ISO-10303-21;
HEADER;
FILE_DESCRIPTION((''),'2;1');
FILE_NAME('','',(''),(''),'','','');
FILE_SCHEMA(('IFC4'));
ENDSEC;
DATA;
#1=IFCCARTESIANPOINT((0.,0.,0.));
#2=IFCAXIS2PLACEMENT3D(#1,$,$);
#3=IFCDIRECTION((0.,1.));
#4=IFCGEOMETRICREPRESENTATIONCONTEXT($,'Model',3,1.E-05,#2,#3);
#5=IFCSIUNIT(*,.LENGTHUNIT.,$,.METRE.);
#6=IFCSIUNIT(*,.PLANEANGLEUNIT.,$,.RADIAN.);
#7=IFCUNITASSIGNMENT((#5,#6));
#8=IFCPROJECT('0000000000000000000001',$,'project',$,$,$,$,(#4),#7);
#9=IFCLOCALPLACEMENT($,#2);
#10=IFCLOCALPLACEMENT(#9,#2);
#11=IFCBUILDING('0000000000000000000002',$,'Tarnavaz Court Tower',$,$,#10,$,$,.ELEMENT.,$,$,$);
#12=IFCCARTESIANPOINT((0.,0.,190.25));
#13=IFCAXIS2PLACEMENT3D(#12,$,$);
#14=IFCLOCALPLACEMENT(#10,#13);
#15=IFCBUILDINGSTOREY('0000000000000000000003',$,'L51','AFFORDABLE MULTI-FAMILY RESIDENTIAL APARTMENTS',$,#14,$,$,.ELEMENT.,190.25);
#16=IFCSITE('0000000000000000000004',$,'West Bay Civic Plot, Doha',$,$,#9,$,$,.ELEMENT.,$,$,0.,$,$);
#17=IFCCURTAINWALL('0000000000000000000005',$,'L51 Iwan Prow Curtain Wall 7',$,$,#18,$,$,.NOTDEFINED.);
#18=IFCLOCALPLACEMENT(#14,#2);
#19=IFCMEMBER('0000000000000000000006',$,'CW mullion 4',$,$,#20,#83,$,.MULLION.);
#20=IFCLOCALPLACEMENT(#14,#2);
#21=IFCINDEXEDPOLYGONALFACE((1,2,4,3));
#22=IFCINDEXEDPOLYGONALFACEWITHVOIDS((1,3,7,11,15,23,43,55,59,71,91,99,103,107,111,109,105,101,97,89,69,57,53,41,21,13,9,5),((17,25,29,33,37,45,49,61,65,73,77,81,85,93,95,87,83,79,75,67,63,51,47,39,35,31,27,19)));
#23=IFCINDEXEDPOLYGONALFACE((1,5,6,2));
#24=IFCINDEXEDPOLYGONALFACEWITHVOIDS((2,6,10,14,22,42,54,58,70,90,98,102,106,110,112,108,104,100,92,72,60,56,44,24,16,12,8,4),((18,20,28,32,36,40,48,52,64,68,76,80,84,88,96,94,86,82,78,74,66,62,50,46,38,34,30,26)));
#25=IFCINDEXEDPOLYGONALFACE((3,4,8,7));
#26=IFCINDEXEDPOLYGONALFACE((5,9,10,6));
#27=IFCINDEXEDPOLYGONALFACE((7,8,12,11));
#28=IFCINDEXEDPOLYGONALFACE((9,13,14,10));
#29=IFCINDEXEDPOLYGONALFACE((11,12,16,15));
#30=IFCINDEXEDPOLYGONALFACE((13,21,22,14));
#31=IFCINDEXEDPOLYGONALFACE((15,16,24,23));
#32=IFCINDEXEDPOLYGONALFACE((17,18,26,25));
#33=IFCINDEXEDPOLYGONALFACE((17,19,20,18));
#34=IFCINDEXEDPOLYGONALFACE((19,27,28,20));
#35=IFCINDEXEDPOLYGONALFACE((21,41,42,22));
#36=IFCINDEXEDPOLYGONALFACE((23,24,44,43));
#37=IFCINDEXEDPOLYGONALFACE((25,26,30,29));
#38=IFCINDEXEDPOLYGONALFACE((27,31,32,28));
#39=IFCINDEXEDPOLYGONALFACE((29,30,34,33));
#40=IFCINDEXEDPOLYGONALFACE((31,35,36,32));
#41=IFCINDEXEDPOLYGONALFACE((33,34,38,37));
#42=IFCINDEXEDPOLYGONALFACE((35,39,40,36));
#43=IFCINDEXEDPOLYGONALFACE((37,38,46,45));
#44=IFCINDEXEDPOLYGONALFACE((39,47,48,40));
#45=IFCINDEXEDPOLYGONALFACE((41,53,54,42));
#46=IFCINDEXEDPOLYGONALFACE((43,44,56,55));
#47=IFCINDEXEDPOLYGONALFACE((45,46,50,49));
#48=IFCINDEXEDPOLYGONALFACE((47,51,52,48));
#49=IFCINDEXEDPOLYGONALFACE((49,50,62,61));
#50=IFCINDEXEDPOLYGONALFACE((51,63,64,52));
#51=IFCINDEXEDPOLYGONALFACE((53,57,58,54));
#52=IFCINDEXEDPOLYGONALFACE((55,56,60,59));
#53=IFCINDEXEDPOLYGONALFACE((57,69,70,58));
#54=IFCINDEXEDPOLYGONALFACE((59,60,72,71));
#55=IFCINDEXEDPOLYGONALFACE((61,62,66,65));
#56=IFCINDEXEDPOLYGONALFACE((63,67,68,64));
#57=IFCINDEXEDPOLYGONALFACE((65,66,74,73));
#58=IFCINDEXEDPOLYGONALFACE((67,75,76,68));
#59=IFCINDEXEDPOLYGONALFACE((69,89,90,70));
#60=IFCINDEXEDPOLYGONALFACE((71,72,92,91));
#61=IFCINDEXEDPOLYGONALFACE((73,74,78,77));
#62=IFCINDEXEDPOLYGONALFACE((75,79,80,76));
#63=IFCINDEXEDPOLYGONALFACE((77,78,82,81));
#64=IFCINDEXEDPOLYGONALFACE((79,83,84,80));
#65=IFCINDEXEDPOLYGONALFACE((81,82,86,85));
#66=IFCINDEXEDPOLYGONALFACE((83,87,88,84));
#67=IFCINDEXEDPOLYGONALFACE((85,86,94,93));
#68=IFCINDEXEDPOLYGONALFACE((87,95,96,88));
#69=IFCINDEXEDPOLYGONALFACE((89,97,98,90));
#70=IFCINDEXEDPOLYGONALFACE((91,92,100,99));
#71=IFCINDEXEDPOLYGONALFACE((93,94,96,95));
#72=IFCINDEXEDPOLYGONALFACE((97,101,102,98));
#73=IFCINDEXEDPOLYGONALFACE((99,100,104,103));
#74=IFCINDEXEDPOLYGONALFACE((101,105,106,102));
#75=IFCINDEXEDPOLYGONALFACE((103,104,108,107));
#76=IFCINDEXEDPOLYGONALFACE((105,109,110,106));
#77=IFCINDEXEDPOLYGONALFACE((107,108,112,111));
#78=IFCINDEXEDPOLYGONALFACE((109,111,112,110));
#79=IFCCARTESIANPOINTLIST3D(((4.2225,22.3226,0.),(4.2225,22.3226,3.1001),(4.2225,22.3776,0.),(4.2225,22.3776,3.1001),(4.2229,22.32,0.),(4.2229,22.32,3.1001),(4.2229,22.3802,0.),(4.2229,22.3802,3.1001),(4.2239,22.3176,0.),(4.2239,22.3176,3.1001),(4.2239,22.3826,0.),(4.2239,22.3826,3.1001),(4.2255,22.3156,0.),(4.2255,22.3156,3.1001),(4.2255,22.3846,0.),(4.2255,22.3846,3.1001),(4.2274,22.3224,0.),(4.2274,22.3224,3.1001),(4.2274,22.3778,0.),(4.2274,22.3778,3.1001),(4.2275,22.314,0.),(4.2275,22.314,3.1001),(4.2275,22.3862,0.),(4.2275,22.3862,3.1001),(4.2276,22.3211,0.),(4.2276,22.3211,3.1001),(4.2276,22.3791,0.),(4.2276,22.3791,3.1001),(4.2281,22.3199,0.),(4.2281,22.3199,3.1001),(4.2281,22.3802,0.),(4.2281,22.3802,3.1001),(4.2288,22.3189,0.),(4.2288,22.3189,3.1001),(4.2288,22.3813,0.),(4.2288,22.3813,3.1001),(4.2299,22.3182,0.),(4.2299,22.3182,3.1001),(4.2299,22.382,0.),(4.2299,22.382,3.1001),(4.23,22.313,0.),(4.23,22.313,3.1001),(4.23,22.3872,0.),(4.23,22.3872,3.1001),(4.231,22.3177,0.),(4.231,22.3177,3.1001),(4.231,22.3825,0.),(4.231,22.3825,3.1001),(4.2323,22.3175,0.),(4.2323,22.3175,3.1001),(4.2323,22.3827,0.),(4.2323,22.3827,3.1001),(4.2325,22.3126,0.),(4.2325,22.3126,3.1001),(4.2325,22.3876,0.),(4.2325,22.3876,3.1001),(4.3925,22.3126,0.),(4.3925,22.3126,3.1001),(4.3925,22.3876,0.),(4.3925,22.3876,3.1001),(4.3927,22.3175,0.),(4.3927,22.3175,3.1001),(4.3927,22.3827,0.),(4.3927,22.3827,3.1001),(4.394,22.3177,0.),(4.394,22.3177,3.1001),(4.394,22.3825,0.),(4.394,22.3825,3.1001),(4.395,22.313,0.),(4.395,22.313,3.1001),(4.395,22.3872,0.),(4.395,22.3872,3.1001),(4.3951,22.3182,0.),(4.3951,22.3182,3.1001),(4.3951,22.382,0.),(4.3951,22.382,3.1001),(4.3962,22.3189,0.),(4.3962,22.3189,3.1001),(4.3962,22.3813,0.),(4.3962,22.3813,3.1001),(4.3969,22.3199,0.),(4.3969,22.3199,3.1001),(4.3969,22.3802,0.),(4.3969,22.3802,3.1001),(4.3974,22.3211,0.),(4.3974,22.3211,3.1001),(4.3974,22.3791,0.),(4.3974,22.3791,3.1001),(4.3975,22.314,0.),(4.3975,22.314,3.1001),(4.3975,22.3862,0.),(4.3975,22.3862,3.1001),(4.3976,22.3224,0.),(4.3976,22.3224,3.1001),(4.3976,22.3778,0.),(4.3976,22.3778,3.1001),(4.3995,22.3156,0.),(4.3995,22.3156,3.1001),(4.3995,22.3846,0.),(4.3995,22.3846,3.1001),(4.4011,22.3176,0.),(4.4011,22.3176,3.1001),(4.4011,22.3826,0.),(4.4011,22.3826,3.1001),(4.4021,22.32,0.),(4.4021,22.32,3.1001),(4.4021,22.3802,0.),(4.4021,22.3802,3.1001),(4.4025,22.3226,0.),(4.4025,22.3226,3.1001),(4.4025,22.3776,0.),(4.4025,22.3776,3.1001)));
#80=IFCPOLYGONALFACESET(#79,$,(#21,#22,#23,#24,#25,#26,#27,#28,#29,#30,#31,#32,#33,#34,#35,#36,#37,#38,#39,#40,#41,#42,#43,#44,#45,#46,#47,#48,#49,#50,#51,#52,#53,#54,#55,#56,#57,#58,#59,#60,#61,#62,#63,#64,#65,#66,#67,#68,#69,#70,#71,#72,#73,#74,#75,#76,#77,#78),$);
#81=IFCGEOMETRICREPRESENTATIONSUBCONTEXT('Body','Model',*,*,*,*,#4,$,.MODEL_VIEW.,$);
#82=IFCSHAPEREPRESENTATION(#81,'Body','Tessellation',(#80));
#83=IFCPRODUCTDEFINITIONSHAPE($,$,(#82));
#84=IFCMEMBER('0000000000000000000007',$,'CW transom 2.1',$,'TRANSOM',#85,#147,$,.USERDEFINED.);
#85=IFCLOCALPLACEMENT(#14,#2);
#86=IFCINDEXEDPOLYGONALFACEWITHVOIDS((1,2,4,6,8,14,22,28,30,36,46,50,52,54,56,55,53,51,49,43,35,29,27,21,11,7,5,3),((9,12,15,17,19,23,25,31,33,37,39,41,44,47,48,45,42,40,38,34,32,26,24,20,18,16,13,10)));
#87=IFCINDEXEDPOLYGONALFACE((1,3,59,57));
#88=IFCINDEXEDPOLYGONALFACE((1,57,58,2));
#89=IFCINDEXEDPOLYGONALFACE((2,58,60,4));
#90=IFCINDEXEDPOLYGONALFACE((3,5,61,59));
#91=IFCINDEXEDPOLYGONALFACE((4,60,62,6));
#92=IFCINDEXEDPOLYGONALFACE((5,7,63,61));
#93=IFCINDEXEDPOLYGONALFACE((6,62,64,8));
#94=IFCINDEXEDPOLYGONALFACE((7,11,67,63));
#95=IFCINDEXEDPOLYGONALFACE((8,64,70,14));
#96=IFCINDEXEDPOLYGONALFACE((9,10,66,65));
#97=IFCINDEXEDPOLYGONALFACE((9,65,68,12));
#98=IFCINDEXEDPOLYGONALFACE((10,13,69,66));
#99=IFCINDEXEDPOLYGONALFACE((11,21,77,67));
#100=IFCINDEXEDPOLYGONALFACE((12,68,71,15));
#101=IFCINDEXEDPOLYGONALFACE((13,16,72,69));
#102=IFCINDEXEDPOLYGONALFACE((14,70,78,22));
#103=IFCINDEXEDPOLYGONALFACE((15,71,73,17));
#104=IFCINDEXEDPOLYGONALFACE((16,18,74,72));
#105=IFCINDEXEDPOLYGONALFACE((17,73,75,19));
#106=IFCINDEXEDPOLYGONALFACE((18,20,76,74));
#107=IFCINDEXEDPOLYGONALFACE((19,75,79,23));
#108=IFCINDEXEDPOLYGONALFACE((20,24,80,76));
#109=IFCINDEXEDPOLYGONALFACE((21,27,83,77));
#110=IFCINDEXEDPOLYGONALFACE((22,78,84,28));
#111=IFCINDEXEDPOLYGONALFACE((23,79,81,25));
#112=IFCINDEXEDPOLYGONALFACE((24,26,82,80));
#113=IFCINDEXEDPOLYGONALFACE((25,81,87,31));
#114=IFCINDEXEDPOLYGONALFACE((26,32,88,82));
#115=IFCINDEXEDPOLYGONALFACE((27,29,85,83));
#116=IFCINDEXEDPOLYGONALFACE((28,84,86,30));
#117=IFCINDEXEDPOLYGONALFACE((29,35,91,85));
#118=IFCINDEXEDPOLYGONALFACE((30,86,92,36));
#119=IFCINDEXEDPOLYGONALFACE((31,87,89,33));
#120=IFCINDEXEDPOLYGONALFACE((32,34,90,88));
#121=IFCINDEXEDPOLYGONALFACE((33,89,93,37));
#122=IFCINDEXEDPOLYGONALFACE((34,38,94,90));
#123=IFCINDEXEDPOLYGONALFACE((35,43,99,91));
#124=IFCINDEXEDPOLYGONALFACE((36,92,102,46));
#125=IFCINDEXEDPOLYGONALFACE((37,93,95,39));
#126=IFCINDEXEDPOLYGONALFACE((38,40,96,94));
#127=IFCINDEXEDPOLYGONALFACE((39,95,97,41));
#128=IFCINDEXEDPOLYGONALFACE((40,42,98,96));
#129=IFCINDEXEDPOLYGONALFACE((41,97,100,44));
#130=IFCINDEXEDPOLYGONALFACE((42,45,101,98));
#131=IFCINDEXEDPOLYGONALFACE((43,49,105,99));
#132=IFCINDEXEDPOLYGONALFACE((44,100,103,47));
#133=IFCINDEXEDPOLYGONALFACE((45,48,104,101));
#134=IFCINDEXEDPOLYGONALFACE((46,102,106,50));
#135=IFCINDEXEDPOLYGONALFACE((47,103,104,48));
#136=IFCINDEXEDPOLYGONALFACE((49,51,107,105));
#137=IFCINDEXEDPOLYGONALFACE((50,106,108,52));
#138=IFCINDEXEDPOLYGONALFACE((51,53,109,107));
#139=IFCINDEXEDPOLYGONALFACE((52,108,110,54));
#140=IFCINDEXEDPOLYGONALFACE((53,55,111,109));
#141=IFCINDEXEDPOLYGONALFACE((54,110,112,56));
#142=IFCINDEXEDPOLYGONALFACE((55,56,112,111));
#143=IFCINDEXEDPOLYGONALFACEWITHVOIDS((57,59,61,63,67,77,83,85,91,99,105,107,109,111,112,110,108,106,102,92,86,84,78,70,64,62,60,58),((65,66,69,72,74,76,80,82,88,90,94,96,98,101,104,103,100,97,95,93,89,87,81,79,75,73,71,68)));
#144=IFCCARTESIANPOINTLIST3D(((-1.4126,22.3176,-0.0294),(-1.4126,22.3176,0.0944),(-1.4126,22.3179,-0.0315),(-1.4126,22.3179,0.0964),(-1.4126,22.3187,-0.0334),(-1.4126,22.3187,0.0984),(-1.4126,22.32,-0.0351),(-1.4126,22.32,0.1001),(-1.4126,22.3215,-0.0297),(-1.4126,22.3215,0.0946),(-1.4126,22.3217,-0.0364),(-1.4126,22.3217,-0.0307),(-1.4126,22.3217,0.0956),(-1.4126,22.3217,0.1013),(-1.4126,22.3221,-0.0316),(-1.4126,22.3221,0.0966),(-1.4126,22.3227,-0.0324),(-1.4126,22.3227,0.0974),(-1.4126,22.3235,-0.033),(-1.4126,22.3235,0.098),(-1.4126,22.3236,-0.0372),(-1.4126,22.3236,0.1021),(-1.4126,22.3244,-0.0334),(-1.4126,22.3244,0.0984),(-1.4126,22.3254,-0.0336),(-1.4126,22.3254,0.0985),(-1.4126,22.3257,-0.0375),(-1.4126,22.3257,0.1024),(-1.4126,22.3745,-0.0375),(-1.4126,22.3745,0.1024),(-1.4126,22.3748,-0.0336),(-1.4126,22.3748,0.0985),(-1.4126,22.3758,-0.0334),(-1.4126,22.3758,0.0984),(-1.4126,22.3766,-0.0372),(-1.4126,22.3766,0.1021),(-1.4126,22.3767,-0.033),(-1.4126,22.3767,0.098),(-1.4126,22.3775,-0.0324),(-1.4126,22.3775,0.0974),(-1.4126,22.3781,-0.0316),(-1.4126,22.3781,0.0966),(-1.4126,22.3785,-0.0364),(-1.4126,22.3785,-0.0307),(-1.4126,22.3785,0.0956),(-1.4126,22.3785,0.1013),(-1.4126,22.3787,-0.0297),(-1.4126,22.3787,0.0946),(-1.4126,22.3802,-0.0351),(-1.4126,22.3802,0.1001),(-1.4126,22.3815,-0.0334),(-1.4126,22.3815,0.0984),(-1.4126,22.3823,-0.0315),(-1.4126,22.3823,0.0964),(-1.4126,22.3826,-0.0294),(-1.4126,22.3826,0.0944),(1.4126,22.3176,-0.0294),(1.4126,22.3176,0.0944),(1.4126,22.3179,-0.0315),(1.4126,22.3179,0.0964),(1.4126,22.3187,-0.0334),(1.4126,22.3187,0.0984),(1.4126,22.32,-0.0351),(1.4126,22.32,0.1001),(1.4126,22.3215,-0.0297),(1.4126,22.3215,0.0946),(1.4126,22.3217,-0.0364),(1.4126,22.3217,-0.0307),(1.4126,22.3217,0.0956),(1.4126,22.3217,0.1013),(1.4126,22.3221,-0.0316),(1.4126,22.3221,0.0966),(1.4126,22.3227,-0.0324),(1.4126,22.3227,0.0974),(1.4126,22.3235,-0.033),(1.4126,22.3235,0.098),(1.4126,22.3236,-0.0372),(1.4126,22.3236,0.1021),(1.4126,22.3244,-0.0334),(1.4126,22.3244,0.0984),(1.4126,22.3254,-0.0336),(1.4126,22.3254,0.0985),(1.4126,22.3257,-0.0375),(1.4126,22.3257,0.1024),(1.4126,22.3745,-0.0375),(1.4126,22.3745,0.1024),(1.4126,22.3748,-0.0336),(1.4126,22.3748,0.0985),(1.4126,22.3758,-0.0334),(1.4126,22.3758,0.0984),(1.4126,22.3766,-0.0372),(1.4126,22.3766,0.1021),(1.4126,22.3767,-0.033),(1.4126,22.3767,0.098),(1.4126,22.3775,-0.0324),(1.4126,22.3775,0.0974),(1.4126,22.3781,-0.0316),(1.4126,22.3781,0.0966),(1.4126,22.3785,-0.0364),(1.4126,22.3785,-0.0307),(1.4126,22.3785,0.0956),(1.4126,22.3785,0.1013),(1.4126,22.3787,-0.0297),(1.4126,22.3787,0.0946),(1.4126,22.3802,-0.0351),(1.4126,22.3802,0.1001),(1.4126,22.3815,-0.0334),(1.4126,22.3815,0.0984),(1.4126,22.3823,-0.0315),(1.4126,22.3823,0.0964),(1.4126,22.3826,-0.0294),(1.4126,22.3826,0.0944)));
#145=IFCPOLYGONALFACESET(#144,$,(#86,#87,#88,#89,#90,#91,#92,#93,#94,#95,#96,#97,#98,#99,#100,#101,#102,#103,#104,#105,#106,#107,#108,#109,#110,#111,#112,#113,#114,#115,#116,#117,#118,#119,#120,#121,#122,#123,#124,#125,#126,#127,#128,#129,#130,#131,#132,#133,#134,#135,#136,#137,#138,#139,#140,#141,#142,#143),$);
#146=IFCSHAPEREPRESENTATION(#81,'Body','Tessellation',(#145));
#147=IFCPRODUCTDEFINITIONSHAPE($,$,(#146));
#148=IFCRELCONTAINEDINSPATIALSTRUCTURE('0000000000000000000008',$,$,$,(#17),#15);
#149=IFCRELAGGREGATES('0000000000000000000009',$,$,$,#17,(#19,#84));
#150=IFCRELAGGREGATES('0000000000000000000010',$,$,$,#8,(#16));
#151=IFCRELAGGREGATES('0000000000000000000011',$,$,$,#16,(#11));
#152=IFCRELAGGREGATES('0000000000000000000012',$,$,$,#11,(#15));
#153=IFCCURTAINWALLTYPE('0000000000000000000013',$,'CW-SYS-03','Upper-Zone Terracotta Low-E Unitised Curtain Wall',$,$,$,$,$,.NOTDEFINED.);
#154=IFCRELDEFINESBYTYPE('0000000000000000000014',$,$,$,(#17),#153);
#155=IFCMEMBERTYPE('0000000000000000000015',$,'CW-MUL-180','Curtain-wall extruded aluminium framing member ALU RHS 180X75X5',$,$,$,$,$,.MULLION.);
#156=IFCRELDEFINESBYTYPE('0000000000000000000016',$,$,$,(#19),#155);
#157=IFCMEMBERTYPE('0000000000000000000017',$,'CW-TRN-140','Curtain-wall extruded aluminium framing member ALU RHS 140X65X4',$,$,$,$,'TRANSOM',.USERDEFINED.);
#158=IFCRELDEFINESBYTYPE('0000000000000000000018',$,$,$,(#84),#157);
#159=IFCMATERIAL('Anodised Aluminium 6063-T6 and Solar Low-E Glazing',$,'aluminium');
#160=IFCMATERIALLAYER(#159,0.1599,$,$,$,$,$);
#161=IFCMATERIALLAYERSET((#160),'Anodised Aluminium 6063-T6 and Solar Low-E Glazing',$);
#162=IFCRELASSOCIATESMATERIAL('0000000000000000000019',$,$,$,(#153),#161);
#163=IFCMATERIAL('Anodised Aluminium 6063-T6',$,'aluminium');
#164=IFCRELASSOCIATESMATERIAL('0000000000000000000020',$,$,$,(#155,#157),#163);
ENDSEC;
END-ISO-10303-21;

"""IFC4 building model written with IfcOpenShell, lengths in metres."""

from ifc_helpers import new_model, si_unit, direction, frame, origin, origin_2d, place, context, subcontext, project, spatial, hollow_rectangle, extrude, material, layer, layer_set, material_profile, profile_set, type_object, element, aggregate, save


model = new_model("IFC4")

# Units and contexts
model_context = context("Model", 3, precision=1e-05, world=origin(), true_north=direction((0.0, 1.0)))
body_context = subcontext(model_context, "Body", "Model", "MODEL_VIEW")
ifc_project = project(units=[si_unit("LENGTHUNIT", "METRE"), si_unit("PLANEANGLEUNIT", "RADIAN")], contexts=[model_context])

# Site, building, storey
site_placement = place(None, origin())
site = spatial("IfcSite", under=ifc_project, at=site_placement, Name="West Bay Civic Plot, Doha", CompositionType="ELEMENT", RefElevation=0.0)
building_placement = place(site_placement, origin())
building = spatial("IfcBuilding", under=site, at=building_placement, Name="Tarnavaz Court Tower", CompositionType="ELEMENT")
storey_placement = place(building_placement, frame((0.0, 0.0, 190.25)))
storey = spatial("IfcBuildingStorey", under=building, at=storey_placement, Name="L51", Description="AFFORDABLE MULTI-FAMILY RESIDENTIAL APARTMENTS", CompositionType="ELEMENT", Elevation=190.25)

# Curtain wall, members
ifc_material_1 = material(Name="Anodised Aluminium 6063-T6 and Solar Low-E Glazing", Category="aluminium")
ifc_layer_1 = layer(ifc_material_1, 0.1599)
ifc_layer_set_1 = layer_set([ifc_layer_1], Name="Anodised Aluminium 6063-T6 and Solar Low-E Glazing")
curtain_wall_type = type_object("IfcCurtainWallType", Name="CW-SYS-03", Description="Upper-Zone Terracotta Low-E Unitised Curtain Wall", PredefinedType="NOTDEFINED", material=ifc_layer_set_1)
curtain_wall_placement = place(storey_placement, origin())
curtain_wall = element("IfcCurtainWall", 1, at=curtain_wall_placement, inside=storey, type_object=curtain_wall_type, Name="L51 Iwan Prow Curtain Wall 7", PredefinedType="NOTDEFINED")
ifc_material_2 = material(Name="Anodised Aluminium 6063-T6", Category="aluminium")
ifc_material_profile_1 = material_profile(ifc_material_2, hollow_rectangle(XDim=0.075, YDim=0.1799, WallThickness=0.0049, InnerFilletRadius=0.0049, OuterFilletRadius=0.01, at=origin_2d()), Name="ALU RHS 180X75X5")
ifc_profile_set_1 = profile_set([ifc_material_profile_1], Name="Anodised Aluminium 6063-T6")
member_type_1 = type_object("IfcMemberType", Name="CW-MUL-180", Description="Curtain-wall extruded aluminium framing member ALU RHS 180X75X5", PredefinedType="MULLION", material=ifc_profile_set_1)
member_1_placement = place(storey_placement, frame((4.3125, 22.3501, 0.0), z_axis=(0.0, 0.0, 1.0), x_axis=(0.0, 1.0, 0.0)))
member_1 = element("IfcMember", 2, at=member_1_placement, type_object=member_type_1, Name="CW mullion 4", PredefinedType="MULLION", context=body_context, shape_type="SweptSolid", body=[
    extrude(hollow_rectangle(XDim=0.075, YDim=0.1799, WallThickness=0.0049, InnerFilletRadius=0.0049, OuterFilletRadius=0.01, at=origin_2d()), origin(), (0.0, 0.0, 1.0), 3.1001),
])
ifc_material_profile_2 = material_profile(ifc_material_2, hollow_rectangle(XDim=0.0649, YDim=0.1399, WallThickness=0.0039, InnerFilletRadius=0.0039, OuterFilletRadius=0.0081, at=origin_2d()), Name="ALU RHS 140X65X4")
ifc_profile_set_2 = profile_set([ifc_material_profile_2], Name="Anodised Aluminium 6063-T6")
member_type_2 = type_object("IfcMemberType", Name="CW-TRN-140", Description="Curtain-wall extruded aluminium framing member ALU RHS 140X65X4", ElementType="TRANSOM", PredefinedType="USERDEFINED", material=ifc_profile_set_2)
member_2_placement = place(storey_placement, frame((-1.4126, 22.3501, 0.0325), z_axis=(1.0, 0.0, 0.0), x_axis=(0.0, 1.0, 0.0)))
member_2 = element("IfcMember", 3, at=member_2_placement, type_object=member_type_2, Name="CW transom 2.1", ObjectType="TRANSOM", PredefinedType="USERDEFINED", context=body_context, shape_type="SweptSolid", body=[
    extrude(hollow_rectangle(XDim=0.0649, YDim=0.1399, WallThickness=0.0039, InnerFilletRadius=0.0039, OuterFilletRadius=0.0081, at=origin_2d()), origin(), (0.0, 0.0, 1.0), 2.8252),
])
aggregate(curtain_wall, [member_1, member_2])

save(model, "model.ifc")
